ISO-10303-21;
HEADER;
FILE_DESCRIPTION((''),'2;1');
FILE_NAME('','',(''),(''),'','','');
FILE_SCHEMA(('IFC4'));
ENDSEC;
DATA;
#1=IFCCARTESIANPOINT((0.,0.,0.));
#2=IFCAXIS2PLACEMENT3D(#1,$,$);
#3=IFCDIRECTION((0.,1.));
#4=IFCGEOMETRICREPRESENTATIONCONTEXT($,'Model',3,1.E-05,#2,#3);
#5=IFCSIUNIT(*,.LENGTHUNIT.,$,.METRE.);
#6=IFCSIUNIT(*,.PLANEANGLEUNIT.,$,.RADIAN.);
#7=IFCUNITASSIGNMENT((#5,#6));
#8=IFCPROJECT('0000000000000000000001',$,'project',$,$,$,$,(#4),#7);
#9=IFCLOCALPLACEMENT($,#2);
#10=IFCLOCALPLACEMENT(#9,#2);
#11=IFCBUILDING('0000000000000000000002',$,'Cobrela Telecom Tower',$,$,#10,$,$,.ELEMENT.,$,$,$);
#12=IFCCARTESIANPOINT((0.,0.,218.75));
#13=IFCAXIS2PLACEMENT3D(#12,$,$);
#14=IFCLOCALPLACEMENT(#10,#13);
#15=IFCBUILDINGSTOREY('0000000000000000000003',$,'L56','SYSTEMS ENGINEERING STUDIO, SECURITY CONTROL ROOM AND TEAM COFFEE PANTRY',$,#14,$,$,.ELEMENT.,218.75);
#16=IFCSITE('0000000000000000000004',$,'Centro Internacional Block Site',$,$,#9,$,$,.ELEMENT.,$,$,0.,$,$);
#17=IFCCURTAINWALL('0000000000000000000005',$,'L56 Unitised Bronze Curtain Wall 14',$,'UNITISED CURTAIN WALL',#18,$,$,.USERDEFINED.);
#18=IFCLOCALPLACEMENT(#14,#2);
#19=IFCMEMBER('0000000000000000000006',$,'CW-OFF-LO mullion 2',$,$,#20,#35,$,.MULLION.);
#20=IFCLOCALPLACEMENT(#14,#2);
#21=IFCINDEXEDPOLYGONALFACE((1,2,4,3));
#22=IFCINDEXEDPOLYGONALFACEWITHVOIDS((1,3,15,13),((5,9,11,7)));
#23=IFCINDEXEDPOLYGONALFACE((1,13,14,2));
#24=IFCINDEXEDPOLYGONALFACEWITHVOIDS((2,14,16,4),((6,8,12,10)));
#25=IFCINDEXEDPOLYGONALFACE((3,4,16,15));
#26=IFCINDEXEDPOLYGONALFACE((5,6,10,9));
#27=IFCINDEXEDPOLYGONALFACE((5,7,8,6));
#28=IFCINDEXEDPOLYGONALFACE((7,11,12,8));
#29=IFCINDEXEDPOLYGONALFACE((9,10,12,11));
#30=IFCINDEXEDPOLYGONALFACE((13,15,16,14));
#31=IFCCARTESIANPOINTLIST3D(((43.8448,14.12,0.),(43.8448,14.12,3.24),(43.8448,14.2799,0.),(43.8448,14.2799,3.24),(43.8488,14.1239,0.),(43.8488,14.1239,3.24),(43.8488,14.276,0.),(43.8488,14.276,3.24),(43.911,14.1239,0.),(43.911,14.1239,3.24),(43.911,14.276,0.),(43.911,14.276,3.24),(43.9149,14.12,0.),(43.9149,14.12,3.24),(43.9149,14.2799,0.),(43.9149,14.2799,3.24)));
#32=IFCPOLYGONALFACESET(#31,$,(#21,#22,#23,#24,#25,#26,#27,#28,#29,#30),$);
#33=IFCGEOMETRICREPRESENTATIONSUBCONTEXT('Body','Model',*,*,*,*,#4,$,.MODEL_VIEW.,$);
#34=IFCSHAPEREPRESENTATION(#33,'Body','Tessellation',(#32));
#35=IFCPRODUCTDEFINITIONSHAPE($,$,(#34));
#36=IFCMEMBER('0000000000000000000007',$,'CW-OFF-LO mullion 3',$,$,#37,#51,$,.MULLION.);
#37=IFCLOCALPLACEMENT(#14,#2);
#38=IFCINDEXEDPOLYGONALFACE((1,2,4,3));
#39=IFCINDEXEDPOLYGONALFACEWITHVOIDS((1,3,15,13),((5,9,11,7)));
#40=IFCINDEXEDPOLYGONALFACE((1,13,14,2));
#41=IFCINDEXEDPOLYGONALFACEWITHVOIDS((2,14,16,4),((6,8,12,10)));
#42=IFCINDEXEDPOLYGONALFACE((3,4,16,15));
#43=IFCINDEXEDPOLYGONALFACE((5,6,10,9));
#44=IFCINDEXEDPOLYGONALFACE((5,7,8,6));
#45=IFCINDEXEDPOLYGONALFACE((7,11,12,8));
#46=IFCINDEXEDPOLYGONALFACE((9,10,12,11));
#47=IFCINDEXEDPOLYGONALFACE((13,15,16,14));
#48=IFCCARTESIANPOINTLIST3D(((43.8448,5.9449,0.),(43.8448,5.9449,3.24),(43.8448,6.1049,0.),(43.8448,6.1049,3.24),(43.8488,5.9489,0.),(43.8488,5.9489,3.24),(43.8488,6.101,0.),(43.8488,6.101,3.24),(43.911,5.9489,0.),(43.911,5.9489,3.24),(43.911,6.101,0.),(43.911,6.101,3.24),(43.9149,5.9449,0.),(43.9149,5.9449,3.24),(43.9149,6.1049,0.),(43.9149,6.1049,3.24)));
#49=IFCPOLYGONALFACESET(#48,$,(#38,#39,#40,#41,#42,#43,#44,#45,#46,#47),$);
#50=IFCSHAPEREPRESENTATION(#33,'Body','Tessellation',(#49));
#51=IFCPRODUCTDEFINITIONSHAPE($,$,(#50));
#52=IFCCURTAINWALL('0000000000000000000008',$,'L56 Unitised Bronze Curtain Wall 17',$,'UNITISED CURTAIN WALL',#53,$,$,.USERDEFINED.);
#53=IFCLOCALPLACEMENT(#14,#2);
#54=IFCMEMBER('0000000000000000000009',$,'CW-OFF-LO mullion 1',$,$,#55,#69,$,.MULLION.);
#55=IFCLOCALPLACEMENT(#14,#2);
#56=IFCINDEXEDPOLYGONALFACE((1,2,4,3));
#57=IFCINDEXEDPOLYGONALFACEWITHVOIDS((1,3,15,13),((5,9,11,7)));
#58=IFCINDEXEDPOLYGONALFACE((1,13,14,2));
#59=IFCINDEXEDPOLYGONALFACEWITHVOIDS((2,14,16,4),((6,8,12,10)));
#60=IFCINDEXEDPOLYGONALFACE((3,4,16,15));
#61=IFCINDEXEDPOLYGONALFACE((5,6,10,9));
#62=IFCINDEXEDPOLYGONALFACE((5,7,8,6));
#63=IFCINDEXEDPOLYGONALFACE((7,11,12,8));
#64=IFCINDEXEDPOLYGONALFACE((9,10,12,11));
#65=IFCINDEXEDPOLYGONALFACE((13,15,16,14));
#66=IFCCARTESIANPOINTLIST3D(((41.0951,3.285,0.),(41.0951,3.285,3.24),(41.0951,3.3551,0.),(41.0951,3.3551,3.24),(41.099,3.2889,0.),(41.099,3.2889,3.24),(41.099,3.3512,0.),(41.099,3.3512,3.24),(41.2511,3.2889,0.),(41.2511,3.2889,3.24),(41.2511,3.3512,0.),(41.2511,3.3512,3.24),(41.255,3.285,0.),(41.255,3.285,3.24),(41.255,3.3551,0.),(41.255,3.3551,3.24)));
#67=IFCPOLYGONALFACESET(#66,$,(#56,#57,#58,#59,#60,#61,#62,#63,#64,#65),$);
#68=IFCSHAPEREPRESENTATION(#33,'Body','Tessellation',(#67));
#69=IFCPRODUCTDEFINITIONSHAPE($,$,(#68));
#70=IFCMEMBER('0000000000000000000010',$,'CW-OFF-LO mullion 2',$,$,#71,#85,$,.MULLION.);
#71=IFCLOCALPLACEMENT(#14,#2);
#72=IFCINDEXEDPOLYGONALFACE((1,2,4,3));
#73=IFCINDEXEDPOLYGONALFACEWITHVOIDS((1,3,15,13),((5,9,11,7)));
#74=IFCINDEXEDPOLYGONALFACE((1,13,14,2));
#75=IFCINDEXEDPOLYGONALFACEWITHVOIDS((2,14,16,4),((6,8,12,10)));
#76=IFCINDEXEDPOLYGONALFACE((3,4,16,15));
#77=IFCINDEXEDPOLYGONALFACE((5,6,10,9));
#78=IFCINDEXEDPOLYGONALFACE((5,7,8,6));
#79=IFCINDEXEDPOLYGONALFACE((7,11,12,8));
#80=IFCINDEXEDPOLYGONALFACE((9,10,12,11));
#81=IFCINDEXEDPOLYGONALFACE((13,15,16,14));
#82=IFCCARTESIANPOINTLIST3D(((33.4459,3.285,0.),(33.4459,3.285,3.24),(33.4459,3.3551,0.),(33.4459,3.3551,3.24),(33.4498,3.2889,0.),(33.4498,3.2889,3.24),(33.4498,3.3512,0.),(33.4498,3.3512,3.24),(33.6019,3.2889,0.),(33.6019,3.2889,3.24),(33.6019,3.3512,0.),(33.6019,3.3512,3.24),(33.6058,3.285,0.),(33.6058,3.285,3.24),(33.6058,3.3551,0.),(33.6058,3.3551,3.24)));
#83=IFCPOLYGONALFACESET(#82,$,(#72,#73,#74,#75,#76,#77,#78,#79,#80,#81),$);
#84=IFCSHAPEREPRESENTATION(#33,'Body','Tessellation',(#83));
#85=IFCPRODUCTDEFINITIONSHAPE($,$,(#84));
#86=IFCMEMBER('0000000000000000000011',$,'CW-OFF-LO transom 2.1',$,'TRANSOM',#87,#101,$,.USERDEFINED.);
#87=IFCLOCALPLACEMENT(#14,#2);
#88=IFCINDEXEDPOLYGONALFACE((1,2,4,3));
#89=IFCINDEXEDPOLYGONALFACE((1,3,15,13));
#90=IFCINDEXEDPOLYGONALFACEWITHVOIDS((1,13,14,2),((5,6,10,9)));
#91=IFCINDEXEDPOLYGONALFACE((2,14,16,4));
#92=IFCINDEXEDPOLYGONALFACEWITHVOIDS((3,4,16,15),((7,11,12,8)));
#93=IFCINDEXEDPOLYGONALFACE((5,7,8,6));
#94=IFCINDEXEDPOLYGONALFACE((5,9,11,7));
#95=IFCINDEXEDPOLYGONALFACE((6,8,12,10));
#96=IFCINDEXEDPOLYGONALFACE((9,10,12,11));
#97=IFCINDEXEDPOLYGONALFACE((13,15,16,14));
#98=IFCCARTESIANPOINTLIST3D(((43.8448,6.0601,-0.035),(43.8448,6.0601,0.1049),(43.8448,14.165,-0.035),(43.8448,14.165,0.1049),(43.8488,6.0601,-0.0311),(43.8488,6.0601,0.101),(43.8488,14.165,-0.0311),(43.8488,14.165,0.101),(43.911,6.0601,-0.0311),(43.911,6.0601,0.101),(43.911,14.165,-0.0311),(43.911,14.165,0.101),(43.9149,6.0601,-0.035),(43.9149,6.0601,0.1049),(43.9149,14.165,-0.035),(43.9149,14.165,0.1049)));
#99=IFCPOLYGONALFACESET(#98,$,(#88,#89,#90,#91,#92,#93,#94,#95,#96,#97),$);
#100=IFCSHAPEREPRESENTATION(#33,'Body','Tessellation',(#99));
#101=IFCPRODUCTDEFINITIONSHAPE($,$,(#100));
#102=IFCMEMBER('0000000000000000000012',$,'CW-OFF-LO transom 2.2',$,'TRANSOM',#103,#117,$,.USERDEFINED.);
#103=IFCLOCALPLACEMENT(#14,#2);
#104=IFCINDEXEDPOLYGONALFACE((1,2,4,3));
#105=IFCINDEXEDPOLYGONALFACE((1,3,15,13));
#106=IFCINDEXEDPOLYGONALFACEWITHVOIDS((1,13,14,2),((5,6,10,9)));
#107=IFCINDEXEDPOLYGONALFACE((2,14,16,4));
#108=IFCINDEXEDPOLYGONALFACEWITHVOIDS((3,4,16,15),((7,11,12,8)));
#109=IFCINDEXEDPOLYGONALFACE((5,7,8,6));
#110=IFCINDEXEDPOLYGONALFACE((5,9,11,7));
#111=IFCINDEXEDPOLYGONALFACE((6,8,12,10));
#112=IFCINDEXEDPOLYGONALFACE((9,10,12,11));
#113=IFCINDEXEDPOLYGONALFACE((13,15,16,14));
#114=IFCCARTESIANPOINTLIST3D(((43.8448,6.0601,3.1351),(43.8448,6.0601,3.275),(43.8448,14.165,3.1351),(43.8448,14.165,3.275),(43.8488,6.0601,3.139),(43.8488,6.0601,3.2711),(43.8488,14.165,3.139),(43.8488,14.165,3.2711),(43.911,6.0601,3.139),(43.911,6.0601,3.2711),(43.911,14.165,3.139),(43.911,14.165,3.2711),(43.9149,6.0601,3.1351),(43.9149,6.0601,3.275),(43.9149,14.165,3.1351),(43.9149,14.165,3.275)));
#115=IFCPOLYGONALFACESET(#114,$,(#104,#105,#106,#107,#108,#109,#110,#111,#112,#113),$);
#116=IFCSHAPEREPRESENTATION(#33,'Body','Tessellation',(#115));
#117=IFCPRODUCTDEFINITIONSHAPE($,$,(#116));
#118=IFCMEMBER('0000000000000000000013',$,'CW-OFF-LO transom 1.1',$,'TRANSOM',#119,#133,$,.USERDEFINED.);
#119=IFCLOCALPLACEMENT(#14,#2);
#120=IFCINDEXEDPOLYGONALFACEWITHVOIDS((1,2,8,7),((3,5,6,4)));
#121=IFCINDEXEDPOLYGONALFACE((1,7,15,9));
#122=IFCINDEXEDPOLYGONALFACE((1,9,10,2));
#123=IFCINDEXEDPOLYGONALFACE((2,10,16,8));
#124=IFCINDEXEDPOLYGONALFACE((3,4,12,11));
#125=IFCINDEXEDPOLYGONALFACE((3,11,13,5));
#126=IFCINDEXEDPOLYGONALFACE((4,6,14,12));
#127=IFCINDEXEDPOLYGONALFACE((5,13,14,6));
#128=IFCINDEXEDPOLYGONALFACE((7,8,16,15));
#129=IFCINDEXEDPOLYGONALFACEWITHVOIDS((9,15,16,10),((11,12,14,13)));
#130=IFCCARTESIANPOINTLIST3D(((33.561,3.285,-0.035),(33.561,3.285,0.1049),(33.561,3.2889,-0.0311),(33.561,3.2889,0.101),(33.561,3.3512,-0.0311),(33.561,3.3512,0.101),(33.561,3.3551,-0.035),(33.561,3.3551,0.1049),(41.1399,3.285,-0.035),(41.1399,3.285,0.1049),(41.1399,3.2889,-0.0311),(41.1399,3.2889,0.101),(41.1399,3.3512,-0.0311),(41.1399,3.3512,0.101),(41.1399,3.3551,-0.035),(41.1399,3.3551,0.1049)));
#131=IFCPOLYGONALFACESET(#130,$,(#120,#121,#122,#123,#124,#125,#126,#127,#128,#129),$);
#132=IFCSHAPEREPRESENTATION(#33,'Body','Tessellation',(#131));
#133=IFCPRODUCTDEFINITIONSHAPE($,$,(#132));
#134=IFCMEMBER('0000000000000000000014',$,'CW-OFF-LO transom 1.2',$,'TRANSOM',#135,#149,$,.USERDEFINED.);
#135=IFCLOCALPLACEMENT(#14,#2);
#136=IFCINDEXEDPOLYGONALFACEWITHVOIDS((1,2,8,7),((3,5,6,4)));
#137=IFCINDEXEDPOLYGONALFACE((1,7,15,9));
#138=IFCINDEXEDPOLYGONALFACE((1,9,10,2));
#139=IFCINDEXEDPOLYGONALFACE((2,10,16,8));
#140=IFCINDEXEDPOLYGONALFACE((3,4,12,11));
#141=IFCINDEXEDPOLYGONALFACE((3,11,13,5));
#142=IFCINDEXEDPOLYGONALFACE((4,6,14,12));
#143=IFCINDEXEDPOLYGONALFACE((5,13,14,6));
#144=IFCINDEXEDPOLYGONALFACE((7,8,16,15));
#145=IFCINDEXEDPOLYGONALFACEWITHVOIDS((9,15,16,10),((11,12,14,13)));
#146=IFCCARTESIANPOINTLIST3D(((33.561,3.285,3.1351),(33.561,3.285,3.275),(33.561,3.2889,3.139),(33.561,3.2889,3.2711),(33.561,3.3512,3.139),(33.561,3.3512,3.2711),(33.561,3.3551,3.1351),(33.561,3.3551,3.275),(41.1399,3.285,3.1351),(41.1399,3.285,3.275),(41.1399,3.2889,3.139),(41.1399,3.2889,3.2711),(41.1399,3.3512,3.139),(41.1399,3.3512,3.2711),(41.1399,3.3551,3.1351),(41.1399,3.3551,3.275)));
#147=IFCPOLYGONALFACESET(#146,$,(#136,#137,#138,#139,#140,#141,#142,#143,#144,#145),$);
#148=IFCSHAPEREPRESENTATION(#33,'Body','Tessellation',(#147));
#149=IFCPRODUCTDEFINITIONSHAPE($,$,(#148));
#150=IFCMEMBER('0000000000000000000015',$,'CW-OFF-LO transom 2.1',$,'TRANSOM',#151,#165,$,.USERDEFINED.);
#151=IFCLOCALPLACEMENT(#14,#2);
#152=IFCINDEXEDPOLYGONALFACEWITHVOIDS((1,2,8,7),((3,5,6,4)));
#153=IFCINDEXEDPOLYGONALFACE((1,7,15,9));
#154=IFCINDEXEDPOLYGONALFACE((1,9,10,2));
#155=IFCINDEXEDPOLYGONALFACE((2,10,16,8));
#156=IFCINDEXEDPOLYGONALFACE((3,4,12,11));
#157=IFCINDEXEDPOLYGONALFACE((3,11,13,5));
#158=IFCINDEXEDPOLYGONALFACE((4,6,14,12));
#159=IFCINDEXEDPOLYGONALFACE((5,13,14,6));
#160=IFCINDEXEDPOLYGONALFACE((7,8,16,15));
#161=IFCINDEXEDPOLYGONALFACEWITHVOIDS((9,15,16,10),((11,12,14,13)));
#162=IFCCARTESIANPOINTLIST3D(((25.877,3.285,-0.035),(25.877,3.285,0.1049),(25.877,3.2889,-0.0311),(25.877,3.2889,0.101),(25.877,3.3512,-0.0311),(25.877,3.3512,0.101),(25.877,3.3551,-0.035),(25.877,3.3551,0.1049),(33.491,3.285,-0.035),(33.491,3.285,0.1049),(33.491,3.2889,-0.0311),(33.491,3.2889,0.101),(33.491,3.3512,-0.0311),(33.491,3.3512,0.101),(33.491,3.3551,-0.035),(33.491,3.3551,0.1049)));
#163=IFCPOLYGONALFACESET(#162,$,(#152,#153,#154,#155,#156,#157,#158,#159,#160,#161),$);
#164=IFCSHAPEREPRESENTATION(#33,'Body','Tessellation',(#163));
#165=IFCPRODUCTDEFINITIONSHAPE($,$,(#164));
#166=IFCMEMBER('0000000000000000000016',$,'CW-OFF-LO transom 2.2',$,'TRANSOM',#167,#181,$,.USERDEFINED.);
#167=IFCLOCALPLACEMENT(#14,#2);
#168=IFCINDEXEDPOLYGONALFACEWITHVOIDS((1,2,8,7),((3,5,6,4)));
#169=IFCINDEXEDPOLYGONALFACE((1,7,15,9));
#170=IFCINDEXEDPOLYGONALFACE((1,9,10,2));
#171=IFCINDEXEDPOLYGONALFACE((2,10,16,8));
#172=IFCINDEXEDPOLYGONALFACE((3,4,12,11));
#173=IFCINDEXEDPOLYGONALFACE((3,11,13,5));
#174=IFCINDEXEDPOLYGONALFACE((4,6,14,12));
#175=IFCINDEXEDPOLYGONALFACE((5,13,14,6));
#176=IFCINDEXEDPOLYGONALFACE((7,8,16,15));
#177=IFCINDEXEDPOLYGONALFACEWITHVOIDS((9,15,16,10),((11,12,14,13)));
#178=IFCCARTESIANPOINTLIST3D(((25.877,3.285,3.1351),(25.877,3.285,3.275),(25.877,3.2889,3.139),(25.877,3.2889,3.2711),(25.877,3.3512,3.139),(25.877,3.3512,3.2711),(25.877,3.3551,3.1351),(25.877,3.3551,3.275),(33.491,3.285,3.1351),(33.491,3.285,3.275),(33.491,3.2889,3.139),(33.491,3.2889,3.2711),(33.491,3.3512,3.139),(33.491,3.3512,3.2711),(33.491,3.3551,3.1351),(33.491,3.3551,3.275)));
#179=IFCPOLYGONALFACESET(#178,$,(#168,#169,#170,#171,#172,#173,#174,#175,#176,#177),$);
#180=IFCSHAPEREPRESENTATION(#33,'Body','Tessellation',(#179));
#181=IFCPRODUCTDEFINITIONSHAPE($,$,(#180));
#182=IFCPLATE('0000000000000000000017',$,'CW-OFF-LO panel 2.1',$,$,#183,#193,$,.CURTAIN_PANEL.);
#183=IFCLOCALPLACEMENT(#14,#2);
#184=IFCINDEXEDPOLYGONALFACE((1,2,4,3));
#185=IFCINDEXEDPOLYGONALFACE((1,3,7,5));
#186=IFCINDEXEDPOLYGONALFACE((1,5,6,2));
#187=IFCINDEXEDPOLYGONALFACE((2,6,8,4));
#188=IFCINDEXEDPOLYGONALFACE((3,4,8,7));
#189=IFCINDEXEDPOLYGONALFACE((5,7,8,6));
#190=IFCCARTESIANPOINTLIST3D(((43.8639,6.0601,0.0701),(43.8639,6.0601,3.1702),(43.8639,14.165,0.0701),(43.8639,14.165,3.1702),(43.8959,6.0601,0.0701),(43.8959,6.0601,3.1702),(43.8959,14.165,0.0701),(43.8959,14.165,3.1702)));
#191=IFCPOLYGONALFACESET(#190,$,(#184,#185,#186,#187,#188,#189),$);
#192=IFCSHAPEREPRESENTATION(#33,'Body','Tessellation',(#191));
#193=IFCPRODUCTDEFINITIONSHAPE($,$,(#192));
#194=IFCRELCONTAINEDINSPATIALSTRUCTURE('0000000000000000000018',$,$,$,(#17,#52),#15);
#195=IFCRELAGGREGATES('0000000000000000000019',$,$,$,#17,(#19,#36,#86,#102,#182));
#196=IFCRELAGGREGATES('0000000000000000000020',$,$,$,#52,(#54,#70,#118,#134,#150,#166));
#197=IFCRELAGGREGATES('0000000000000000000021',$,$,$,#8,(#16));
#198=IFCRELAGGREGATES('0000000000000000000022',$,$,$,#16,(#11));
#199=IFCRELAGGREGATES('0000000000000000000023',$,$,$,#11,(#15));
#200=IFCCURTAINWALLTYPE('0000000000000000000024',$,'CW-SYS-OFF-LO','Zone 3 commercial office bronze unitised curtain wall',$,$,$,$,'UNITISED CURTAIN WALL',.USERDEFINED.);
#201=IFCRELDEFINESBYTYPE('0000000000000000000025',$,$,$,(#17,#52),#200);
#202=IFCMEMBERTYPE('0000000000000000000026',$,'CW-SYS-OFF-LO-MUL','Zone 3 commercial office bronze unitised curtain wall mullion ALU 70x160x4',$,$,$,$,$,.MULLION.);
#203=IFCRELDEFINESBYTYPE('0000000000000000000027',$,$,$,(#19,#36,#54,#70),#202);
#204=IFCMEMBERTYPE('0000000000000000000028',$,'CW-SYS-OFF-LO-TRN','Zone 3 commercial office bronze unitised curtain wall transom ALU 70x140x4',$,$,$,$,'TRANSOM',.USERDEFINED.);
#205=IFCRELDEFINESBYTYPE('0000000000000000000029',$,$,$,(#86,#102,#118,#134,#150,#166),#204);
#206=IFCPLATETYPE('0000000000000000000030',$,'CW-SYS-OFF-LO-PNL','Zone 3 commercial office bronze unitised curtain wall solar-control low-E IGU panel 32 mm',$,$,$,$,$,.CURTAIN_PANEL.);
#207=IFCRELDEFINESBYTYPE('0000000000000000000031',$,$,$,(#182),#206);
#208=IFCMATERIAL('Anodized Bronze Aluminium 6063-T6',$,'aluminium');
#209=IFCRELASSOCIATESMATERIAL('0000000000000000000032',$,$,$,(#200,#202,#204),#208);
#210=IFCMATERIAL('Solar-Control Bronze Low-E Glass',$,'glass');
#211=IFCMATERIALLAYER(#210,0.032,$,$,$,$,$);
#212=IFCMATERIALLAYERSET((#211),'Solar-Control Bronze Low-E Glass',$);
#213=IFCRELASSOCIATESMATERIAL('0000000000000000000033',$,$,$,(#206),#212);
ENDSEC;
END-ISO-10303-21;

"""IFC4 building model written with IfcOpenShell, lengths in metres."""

from ifc_helpers import new_model, si_unit, direction, frame, origin, origin_2d, place, context, subcontext, project, spatial, rectangle, hollow_rectangle, extrude, material, layer, layer_set, material_profile, profile_set, type_object, element, aggregate, save


model = new_model("IFC4")

# Units and contexts
model_context = context("Model", 3, precision=1e-05, world=origin(), true_north=direction((0.0, 1.0)))
body_context = subcontext(model_context, "Body", "Model", "MODEL_VIEW")
ifc_project = project(units=[si_unit("LENGTHUNIT", "METRE"), si_unit("PLANEANGLEUNIT", "RADIAN")], contexts=[model_context])

# Site, building, storey
site_placement = place(None, origin())
site = spatial("IfcSite", under=ifc_project, at=site_placement, Name="Centro Internacional Block Site", CompositionType="ELEMENT", RefElevation=0.0)
building_placement = place(site_placement, origin())
building = spatial("IfcBuilding", under=site, at=building_placement, Name="Cobrela Telecom Tower", CompositionType="ELEMENT")
storey_placement = place(building_placement, frame((0.0, 0.0, 218.75)))
storey = spatial("IfcBuildingStorey", under=building, at=storey_placement, Name="L56", Description="SYSTEMS ENGINEERING STUDIO, SECURITY CONTROL ROOM AND TEAM COFFEE PANTRY", CompositionType="ELEMENT", Elevation=218.75)

# Curtain walls, members
ifc_material_1 = material(Name="Anodized Bronze Aluminium 6063-T6", Category="aluminium")
curtain_wall_type = type_object("IfcCurtainWallType", Name="CW-SYS-OFF-LO", Description="Zone 3 commercial office bronze unitised curtain wall", ElementType="UNITISED CURTAIN WALL", PredefinedType="USERDEFINED", material=ifc_material_1)
curtain_wall_1_placement = place(storey_placement, origin())
curtain_wall_1 = element("IfcCurtainWall", 1, at=curtain_wall_1_placement, inside=storey, type_object=curtain_wall_type, Name="L56 Unitised Bronze Curtain Wall 14", ObjectType="UNITISED CURTAIN WALL", PredefinedType="USERDEFINED")
ifc_material_profile_1 = material_profile(ifc_material_1, hollow_rectangle(XDim=0.0701, YDim=0.1599, WallThickness=0.0039, at=origin_2d()), Name="ALU 70x160x4")
ifc_profile_set_1 = profile_set([ifc_material_profile_1], Name="Anodized Bronze Aluminium 6063-T6")
member_type_1 = type_object("IfcMemberType", Name="CW-SYS-OFF-LO-MUL", Description="Zone 3 commercial office bronze unitised curtain wall mullion ALU 70x160x4", PredefinedType="MULLION", material=ifc_profile_set_1)
member_1_placement = place(storey_placement, frame((43.8799, 14.2, 0.0), z_axis=(0.0, 0.0, 1.0), x_axis=(1.0, 0.0, 0.0)))
member_1 = element("IfcMember", 2, at=member_1_placement, type_object=member_type_1, Name="CW-OFF-LO mullion 2", PredefinedType="MULLION", context=body_context, shape_type="SweptSolid", body=[
    extrude(hollow_rectangle(XDim=0.0701, YDim=0.1599, WallThickness=0.0039, at=origin_2d()), origin(), (0.0, 0.0, 1.0), 3.24),
])
member_2_placement = place(storey_placement, frame((43.8799, 6.0249, 0.0), z_axis=(0.0, 0.0, 1.0), x_axis=(1.0, 0.0, 0.0)))
member_2 = element("IfcMember", 3, at=member_2_placement, type_object=member_type_1, Name="CW-OFF-LO mullion 3", PredefinedType="MULLION", context=body_context, shape_type="SweptSolid", body=[
    extrude(hollow_rectangle(XDim=0.0701, YDim=0.1599, WallThickness=0.0039, at=origin_2d()), origin(), (0.0, 0.0, 1.0), 3.24),
])
curtain_wall_2_placement = place(storey_placement, origin())
curtain_wall_2 = element("IfcCurtainWall", 4, at=curtain_wall_2_placement, inside=storey, type_object=curtain_wall_type, Name="L56 Unitised Bronze Curtain Wall 17", ObjectType="UNITISED CURTAIN WALL", PredefinedType="USERDEFINED")
member_3_placement = place(storey_placement, frame((41.175, 3.3201, 0.0), z_axis=(0.0, 0.0, 1.0), x_axis=(0.0, -1.0, 0.0)))
member_3 = element("IfcMember", 5, at=member_3_placement, type_object=member_type_1, Name="CW-OFF-LO mullion 1", PredefinedType="MULLION", context=body_context, shape_type="SweptSolid", body=[
    extrude(hollow_rectangle(XDim=0.0701, YDim=0.1599, WallThickness=0.0039, at=origin_2d()), origin(), (0.0, 0.0, 1.0), 3.24),
])
member_4_placement = place(storey_placement, frame((33.5259, 3.3201, 0.0), z_axis=(0.0, 0.0, 1.0), x_axis=(0.0, -1.0, 0.0)))
member_4 = element("IfcMember", 6, at=member_4_placement, type_object=member_type_1, Name="CW-OFF-LO mullion 2", PredefinedType="MULLION", context=body_context, shape_type="SweptSolid", body=[
    extrude(hollow_rectangle(XDim=0.0701, YDim=0.1599, WallThickness=0.0039, at=origin_2d()), origin(), (0.0, 0.0, 1.0), 3.24),
])

# Members
ifc_material_profile_2 = material_profile(ifc_material_1, hollow_rectangle(XDim=0.0701, YDim=0.1399, WallThickness=0.0039, at=origin_2d()), Name="ALU 70x140x4")
ifc_profile_set_2 = profile_set([ifc_material_profile_2], Name="Anodized Bronze Aluminium 6063-T6")
member_type_2 = type_object("IfcMemberType", Name="CW-SYS-OFF-LO-TRN", Description="Zone 3 commercial office bronze unitised curtain wall transom ALU 70x140x4", ElementType="TRANSOM", PredefinedType="USERDEFINED", material=ifc_profile_set_2)
member_5_placement = place(storey_placement, frame((43.8799, 14.165, 0.0349), z_axis=(0.0, -1.0, 0.0), x_axis=(1.0, 0.0, 0.0)))
member_5 = element("IfcMember", 7, at=member_5_placement, type_object=member_type_2, Name="CW-OFF-LO transom 2.1", ObjectType="TRANSOM", PredefinedType="USERDEFINED", context=body_context, shape_type="SweptSolid", body=[
    extrude(hollow_rectangle(XDim=0.0701, YDim=0.1399, WallThickness=0.0039, at=origin_2d()), origin(), (0.0, 0.0, 1.0), 8.105),
])
member_6_placement = place(storey_placement, frame((43.8799, 14.165, 3.2051), z_axis=(0.0, -1.0, 0.0), x_axis=(1.0, 0.0, 0.0)))
member_6 = element("IfcMember", 8, at=member_6_placement, type_object=member_type_2, Name="CW-OFF-LO transom 2.2", ObjectType="TRANSOM", PredefinedType="USERDEFINED", context=body_context, shape_type="SweptSolid", body=[
    extrude(hollow_rectangle(XDim=0.0701, YDim=0.1399, WallThickness=0.0039, at=origin_2d()), origin(), (0.0, 0.0, 1.0), 8.105),
])
member_7_placement = place(storey_placement, frame((41.1399, 3.3201, 0.0349), z_axis=(-1.0, 0.0, 0.0), x_axis=(0.0, -1.0, 0.0)))
member_7 = element("IfcMember", 9, at=member_7_placement, type_object=member_type_2, Name="CW-OFF-LO transom 1.1", ObjectType="TRANSOM", PredefinedType="USERDEFINED", context=body_context, shape_type="SweptSolid", body=[
    extrude(hollow_rectangle(XDim=0.0701, YDim=0.1399, WallThickness=0.0039, at=origin_2d()), origin(), (0.0, 0.0, 1.0), 7.5789),
])
member_8_placement = place(storey_placement, frame((41.1399, 3.3201, 3.2051), z_axis=(-1.0, 0.0, 0.0), x_axis=(0.0, -1.0, 0.0)))
member_8 = element("IfcMember", 10, at=member_8_placement, type_object=member_type_2, Name="CW-OFF-LO transom 1.2", ObjectType="TRANSOM", PredefinedType="USERDEFINED", context=body_context, shape_type="SweptSolid", body=[
    extrude(hollow_rectangle(XDim=0.0701, YDim=0.1399, WallThickness=0.0039, at=origin_2d()), origin(), (0.0, 0.0, 1.0), 7.5789),
])
member_9_placement = place(storey_placement, frame((33.491, 3.3201, 0.0349), z_axis=(-1.0, 0.0, 0.0), x_axis=(0.0, -1.0, 0.0)))
member_9 = element("IfcMember", 11, at=member_9_placement, type_object=member_type_2, Name="CW-OFF-LO transom 2.1", ObjectType="TRANSOM", PredefinedType="USERDEFINED", context=body_context, shape_type="SweptSolid", body=[
    extrude(hollow_rectangle(XDim=0.0701, YDim=0.1399, WallThickness=0.0039, at=origin_2d()), origin(), (0.0, 0.0, 1.0), 7.614),
])
member_10_placement = place(storey_placement, frame((33.491, 3.3201, 3.2051), z_axis=(-1.0, 0.0, 0.0), x_axis=(0.0, -1.0, 0.0)))
member_10 = element("IfcMember", 12, at=member_10_placement, type_object=member_type_2, Name="CW-OFF-LO transom 2.2", ObjectType="TRANSOM", PredefinedType="USERDEFINED", context=body_context, shape_type="SweptSolid", body=[
    extrude(hollow_rectangle(XDim=0.0701, YDim=0.1399, WallThickness=0.0039, at=origin_2d()), origin(), (0.0, 0.0, 1.0), 7.614),
])

# Plate
ifc_material_2 = material(Name="Solar-Control Bronze Low-E Glass", Category="glass")
ifc_layer_1 = layer(ifc_material_2, 0.032)
ifc_layer_set_1 = layer_set([ifc_layer_1], Name="Solar-Control Bronze Low-E Glass")
plate_type = type_object("IfcPlateType", Name="CW-SYS-OFF-LO-PNL", Description="Zone 3 commercial office bronze unitised curtain wall solar-control low-E IGU panel 32 mm", PredefinedType="CURTAIN_PANEL", material=ifc_layer_set_1)
plate_1_placement = place(storey_placement, frame((43.8799, 10.1125, 0.0701), z_axis=(0.0, 0.0, 1.0), x_axis=(0.0, -1.0, 0.0)))
plate_1 = element("IfcPlate", 13, at=plate_1_placement, type_object=plate_type, Name="CW-OFF-LO panel 2.1", PredefinedType="CURTAIN_PANEL", context=body_context, shape_type="SweptSolid", body=[
    extrude(rectangle(XDim=8.105, YDim=0.032, at=origin_2d()), origin(), (0.0, 0.0, 1.0), 3.1001),
])
aggregate(curtain_wall_1, [member_1, member_2, member_5, member_6, plate_1])
aggregate(curtain_wall_2, [member_3, member_4, member_7, member_8, member_9, member_10])

save(model, "model.ifc")
